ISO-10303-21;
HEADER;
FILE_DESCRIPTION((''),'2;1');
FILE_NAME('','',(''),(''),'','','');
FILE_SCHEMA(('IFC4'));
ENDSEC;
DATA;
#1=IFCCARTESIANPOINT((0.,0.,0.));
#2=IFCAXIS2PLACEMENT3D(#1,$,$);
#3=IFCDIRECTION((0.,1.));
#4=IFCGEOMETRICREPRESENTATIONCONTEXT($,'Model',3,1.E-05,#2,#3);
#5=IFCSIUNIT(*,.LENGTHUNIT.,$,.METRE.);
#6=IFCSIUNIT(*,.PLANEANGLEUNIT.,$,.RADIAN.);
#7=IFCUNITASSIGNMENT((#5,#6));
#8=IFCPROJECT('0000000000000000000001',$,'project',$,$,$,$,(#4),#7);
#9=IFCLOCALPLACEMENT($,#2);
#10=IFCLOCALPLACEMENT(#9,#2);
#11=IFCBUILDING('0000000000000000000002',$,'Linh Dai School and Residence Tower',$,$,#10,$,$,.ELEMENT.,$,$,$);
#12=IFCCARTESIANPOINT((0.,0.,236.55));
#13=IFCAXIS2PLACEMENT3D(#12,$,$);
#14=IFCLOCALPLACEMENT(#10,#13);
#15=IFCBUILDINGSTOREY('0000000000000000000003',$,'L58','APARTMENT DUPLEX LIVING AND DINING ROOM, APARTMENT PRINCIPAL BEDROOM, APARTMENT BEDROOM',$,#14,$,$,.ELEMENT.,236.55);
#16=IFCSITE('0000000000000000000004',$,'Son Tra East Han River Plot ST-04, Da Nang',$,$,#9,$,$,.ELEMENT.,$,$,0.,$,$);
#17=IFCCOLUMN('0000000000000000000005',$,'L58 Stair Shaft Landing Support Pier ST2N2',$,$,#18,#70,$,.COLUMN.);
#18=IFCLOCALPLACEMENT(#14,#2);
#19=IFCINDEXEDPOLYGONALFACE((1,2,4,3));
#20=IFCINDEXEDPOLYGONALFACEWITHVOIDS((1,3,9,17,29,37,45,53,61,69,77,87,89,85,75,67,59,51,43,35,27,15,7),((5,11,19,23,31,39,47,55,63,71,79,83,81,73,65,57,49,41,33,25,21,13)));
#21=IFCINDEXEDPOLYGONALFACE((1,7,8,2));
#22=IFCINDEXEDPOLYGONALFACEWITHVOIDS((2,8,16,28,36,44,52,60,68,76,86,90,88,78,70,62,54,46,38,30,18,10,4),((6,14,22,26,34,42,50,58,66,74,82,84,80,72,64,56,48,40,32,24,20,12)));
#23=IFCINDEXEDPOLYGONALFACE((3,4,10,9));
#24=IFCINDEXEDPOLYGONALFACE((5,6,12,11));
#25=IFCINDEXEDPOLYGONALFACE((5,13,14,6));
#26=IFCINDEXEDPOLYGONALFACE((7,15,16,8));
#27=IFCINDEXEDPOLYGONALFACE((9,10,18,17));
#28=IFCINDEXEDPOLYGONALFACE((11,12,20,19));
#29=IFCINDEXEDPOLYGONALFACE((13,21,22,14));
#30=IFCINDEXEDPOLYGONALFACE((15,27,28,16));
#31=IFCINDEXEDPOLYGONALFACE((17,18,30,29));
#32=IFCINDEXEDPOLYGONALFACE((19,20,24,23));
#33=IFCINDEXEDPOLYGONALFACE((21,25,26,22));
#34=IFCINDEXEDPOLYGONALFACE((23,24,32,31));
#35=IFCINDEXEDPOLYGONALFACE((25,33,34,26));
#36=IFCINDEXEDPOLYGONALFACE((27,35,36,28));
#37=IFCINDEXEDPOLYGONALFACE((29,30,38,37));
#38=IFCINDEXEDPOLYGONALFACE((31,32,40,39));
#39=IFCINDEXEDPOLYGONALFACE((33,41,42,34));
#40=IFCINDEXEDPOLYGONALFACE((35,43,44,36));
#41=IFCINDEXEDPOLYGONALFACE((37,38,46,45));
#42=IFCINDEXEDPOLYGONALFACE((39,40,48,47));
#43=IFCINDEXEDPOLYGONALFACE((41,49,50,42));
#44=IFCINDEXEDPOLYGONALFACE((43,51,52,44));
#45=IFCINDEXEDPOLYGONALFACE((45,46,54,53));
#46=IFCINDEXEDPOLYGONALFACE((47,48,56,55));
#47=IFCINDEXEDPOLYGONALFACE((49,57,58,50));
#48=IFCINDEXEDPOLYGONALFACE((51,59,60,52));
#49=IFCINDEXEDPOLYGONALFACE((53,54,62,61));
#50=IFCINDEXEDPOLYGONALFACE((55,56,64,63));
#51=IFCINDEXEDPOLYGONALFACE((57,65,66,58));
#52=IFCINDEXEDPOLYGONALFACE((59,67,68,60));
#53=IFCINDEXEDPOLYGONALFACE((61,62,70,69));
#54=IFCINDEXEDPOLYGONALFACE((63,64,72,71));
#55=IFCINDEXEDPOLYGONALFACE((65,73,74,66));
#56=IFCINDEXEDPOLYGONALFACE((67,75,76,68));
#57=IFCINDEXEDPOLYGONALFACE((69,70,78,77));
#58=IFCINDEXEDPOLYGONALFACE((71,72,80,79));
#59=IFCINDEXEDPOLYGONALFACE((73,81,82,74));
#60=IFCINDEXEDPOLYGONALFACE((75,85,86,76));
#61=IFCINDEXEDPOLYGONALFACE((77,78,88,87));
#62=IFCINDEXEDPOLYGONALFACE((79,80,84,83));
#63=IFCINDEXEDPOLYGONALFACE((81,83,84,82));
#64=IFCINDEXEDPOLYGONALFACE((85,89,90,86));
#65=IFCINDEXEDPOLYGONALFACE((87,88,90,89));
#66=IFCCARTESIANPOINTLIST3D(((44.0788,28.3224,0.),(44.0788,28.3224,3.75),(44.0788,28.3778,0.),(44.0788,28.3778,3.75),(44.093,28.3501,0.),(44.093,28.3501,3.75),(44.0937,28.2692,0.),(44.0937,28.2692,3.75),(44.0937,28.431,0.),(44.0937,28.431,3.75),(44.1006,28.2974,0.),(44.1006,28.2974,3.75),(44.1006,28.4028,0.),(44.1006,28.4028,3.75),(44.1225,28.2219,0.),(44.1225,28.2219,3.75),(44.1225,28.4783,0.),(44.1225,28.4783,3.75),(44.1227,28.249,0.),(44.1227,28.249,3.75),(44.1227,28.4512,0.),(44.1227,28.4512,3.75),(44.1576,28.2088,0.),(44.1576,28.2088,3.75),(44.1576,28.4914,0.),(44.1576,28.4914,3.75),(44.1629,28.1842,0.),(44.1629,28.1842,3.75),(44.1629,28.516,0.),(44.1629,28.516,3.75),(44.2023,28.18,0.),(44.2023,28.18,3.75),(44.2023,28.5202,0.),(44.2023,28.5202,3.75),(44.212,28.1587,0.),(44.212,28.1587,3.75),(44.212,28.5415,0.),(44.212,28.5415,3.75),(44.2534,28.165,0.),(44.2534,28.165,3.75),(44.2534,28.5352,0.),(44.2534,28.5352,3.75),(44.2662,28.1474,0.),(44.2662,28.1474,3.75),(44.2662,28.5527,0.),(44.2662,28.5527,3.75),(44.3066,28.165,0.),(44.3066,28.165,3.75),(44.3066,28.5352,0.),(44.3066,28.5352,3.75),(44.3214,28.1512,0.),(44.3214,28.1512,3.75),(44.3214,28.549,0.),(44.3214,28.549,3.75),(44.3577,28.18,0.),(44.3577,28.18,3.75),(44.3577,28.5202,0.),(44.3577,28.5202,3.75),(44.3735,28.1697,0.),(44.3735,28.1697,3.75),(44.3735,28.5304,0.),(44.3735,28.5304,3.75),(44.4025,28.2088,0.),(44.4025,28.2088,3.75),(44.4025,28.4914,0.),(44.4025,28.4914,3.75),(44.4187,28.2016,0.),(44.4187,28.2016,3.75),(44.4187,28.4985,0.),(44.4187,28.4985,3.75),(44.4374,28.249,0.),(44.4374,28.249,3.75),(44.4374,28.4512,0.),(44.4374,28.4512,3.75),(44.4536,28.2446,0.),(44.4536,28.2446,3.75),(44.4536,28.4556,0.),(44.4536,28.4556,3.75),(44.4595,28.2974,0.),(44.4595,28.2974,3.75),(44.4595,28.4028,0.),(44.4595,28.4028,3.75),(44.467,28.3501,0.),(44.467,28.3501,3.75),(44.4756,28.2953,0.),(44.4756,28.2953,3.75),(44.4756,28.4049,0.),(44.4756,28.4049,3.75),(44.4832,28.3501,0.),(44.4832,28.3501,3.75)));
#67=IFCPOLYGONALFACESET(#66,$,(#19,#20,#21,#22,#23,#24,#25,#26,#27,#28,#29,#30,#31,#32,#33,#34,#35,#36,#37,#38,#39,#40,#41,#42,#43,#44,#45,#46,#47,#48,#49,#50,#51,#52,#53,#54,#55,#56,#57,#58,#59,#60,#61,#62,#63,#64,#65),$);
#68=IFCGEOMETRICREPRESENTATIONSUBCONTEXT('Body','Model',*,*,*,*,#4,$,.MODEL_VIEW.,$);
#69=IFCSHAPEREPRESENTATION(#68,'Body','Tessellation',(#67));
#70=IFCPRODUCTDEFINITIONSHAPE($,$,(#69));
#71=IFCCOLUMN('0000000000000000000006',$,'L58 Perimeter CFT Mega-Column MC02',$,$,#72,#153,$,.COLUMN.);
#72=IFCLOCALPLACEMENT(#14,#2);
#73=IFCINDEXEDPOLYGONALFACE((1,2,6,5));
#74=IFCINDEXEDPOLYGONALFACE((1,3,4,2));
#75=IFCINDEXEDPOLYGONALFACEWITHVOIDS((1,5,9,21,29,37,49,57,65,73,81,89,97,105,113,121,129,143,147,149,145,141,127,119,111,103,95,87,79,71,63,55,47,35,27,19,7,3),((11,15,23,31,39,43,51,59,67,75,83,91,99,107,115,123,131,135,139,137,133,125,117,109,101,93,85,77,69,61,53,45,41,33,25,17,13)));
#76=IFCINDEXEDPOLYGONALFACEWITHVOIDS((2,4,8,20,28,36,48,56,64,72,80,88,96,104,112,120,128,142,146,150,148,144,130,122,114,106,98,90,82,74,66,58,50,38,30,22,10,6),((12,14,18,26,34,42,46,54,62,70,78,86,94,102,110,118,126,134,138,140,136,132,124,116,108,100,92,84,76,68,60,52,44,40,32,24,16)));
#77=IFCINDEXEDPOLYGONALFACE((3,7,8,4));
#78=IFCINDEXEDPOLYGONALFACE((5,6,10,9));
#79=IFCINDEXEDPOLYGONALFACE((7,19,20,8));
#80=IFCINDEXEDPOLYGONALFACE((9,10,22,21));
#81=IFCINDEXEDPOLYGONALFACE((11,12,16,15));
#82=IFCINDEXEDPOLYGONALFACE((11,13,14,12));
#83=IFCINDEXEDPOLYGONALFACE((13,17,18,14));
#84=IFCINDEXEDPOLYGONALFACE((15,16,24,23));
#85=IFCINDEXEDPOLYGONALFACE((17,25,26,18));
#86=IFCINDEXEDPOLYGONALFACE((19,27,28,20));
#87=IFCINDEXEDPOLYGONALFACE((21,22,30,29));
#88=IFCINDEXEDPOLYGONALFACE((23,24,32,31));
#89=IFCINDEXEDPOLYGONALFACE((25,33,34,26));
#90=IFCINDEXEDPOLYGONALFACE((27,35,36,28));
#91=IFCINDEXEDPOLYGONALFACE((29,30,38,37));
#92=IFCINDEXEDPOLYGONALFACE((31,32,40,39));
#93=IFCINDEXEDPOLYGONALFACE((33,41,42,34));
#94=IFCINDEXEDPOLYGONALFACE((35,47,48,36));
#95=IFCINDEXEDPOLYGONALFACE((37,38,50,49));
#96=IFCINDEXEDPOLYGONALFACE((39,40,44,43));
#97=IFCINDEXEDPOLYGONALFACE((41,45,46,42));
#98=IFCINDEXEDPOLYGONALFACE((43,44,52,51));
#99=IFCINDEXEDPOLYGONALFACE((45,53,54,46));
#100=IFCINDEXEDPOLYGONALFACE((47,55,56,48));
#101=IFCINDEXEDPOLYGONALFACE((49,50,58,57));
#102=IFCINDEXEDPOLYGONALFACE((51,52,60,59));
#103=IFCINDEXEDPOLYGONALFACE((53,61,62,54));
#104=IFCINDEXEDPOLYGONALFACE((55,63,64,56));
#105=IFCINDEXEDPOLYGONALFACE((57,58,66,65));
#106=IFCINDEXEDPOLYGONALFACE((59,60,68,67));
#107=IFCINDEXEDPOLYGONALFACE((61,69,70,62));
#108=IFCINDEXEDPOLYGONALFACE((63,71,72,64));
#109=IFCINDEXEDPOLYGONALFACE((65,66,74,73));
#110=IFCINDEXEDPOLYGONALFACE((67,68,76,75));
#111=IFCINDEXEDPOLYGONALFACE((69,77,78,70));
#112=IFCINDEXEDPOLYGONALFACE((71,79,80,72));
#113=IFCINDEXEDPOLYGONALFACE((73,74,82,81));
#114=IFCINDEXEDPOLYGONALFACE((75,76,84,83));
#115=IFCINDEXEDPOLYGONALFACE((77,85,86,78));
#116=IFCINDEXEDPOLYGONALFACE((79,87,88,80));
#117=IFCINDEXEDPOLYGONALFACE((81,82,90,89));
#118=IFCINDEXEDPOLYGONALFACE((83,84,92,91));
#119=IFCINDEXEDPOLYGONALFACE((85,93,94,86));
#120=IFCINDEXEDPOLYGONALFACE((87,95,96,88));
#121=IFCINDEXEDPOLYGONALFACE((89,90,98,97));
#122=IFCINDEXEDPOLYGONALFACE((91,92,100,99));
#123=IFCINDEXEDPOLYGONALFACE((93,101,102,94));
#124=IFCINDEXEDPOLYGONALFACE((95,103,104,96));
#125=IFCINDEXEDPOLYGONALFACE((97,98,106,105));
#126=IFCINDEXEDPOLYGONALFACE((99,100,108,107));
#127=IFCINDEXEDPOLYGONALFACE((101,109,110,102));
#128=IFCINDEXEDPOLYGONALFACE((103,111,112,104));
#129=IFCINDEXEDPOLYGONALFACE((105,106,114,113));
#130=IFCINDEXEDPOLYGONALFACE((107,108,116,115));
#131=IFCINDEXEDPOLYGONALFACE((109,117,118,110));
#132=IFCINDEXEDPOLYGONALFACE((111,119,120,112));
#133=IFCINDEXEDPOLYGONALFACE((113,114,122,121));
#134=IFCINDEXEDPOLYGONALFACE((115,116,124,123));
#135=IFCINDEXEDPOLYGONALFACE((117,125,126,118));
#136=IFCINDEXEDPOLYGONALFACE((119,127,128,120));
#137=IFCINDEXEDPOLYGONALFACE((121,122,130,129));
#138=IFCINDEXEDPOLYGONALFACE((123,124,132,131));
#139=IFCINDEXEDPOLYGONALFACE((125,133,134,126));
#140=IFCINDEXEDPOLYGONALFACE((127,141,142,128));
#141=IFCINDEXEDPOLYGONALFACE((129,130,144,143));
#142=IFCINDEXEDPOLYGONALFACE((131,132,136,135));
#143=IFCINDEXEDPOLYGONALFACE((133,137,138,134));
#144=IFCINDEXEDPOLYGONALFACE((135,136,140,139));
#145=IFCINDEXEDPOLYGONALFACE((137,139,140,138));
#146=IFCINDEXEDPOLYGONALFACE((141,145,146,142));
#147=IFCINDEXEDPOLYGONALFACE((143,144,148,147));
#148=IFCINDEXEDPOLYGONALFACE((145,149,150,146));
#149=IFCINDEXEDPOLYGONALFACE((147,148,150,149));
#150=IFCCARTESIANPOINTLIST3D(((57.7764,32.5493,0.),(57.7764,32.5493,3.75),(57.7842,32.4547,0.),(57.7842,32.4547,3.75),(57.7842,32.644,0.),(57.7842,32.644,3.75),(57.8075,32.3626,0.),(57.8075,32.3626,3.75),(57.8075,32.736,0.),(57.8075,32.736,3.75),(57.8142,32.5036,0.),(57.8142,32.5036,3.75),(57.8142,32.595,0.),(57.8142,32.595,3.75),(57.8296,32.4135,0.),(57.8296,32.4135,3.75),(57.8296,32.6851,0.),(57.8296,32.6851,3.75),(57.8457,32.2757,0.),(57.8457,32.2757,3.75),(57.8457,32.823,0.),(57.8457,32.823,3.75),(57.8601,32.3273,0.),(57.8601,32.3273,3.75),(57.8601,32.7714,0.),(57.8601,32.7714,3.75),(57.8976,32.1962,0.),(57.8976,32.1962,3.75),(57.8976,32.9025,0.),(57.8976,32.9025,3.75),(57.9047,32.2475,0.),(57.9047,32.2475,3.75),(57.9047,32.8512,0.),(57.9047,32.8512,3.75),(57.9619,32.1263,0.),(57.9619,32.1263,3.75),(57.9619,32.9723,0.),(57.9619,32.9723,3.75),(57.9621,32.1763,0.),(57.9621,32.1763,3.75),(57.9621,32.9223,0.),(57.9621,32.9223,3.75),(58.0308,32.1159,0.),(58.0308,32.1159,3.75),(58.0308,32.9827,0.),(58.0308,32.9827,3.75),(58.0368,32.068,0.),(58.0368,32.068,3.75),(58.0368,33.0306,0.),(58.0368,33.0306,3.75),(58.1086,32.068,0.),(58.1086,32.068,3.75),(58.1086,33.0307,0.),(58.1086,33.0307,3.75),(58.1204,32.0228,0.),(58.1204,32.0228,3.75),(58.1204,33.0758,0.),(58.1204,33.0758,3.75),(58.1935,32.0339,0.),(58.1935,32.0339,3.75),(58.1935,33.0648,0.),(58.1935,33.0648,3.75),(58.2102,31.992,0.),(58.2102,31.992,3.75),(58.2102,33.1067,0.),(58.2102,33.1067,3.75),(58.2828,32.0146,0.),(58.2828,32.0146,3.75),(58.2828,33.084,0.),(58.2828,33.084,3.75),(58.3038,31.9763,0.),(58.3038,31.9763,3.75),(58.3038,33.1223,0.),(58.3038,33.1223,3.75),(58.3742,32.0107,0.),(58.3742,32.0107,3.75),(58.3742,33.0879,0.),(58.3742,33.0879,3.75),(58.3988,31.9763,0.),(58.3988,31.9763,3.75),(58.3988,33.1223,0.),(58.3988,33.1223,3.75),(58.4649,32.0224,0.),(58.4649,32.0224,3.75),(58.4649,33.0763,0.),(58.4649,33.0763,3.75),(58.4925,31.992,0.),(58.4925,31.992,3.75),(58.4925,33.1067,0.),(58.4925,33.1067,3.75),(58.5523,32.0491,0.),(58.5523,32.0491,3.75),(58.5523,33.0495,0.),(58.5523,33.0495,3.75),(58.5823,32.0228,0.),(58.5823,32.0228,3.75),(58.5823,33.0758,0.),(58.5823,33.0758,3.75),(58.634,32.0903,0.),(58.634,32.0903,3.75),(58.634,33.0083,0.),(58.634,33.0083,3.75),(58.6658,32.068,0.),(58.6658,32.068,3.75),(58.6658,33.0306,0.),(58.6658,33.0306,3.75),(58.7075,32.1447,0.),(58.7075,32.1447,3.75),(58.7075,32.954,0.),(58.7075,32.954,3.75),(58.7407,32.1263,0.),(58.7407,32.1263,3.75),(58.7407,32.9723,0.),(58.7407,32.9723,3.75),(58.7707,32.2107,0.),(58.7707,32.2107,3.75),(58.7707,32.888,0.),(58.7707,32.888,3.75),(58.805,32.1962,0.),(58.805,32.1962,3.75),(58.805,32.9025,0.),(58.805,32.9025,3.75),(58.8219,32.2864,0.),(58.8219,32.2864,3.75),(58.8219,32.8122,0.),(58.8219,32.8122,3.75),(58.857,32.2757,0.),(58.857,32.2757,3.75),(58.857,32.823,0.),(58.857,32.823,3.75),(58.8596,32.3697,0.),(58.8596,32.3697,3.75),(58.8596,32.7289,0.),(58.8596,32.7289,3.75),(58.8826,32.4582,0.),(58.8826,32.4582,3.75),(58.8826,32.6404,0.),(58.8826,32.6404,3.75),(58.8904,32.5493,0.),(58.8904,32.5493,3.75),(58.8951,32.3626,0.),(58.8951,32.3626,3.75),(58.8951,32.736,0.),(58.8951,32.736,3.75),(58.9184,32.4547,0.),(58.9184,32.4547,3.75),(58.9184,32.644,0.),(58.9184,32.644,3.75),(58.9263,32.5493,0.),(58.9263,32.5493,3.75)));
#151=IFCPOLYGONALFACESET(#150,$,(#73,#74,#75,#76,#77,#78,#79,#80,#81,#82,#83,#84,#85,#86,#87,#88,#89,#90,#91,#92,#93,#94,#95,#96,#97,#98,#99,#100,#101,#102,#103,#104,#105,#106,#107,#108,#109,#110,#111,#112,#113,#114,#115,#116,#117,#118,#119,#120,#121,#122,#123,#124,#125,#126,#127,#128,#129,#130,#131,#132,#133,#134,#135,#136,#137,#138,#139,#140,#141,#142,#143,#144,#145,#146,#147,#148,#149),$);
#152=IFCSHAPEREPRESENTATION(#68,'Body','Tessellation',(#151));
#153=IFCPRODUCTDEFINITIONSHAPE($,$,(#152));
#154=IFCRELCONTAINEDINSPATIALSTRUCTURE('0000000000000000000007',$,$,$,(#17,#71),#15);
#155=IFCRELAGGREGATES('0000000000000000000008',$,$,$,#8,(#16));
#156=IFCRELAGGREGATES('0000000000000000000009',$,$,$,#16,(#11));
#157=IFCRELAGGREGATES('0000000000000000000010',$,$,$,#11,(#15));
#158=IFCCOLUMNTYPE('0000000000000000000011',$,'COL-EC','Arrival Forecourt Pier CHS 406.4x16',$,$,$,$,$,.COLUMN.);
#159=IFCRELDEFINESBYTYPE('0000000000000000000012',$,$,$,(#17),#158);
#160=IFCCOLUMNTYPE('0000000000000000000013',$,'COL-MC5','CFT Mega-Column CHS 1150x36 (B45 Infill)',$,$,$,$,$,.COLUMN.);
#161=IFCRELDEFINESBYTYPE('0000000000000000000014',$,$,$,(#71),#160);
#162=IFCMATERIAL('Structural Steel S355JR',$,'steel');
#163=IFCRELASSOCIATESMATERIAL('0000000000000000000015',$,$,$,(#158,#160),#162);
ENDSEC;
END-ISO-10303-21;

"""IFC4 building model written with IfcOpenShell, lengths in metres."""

from ifc_helpers import new_model, si_unit, direction, frame, origin, origin_2d, place, context, subcontext, project, spatial, hollow_circle, extrude, material, material_profile, profile_set, type_object, element, save


model = new_model("IFC4")

# Units and contexts
model_context = context("Model", 3, precision=1e-05, world=origin(), true_north=direction((0.0, 1.0)))
body_context = subcontext(model_context, "Body", "Model", "MODEL_VIEW")
ifc_project = project(units=[si_unit("LENGTHUNIT", "METRE"), si_unit("PLANEANGLEUNIT", "RADIAN")], contexts=[model_context])

# Site, building, storey
site_placement = place(None, origin())
site = spatial("IfcSite", under=ifc_project, at=site_placement, Name="Son Tra East Han River Plot ST-04, Da Nang", CompositionType="ELEMENT", RefElevation=0.0)
building_placement = place(site_placement, origin())
building = spatial("IfcBuilding", under=site, at=building_placement, Name="Linh Dai School and Residence Tower", CompositionType="ELEMENT")
storey_placement = place(building_placement, frame((0.0, 0.0, 236.55)))
storey = spatial("IfcBuildingStorey", under=building, at=storey_placement, Name="L58", Description="APARTMENT DUPLEX LIVING AND DINING ROOM, APARTMENT PRINCIPAL BEDROOM, APARTMENT BEDROOM", CompositionType="ELEMENT", Elevation=236.55)

# Columns
ifc_material_1 = material(Name="Structural Steel S355JR", Category="steel")
ifc_material_profile_1 = material_profile(ifc_material_1, hollow_circle(Radius=0.2031, WallThickness=0.0161, at=origin_2d()), Name="CHS 406.4x16")
ifc_profile_set_1 = profile_set([ifc_material_profile_1], Name="Structural Steel S355JR")
column_type_1 = type_object("IfcColumnType", Name="COL-EC", Description="Arrival Forecourt Pier CHS 406.4x16", PredefinedType="COLUMN", material=ifc_profile_set_1)
column_1_placement = place(storey_placement, frame((44.28, 28.3501, 0.0), z_axis=(0.0, 0.0, 1.0), x_axis=(1.0, 0.0, 0.0)))
element("IfcColumn", 1, at=column_1_placement, inside=storey, type_object=column_type_1, Name="L58 Stair Shaft Landing Support Pier ST2N2", PredefinedType="COLUMN", context=body_context, shape_type="SweptSolid", body=[
    extrude(hollow_circle(Radius=0.2031, WallThickness=0.0161, at=origin_2d()), origin(), (0.0, 0.0, 1.0), 3.75),
])
ifc_material_profile_2 = material_profile(ifc_material_1, hollow_circle(Radius=0.575, WallThickness=0.0359, at=origin_2d()), Name="CHS 1150x36")
ifc_profile_set_2 = profile_set([ifc_material_profile_2], Name="Structural Steel S355JR")
column_type_2 = type_object("IfcColumnType", Name="COL-MC5", Description="CFT Mega-Column CHS 1150x36 (B45 Infill)", PredefinedType="COLUMN", material=ifc_profile_set_2)
column_2_placement = place(storey_placement, frame((58.3513, 32.5493, 0.0), z_axis=(0.0, 0.0, 1.0), x_axis=(1.0, 0.0, 0.0)))
element("IfcColumn", 2, at=column_2_placement, inside=storey, type_object=column_type_2, Name="L58 Perimeter CFT Mega-Column MC02", PredefinedType="COLUMN", context=body_context, shape_type="SweptSolid", body=[
    extrude(hollow_circle(Radius=0.575, WallThickness=0.0359, at=origin_2d()), origin(), (0.0, 0.0, 1.0), 3.75),
])

save(model, "model.ifc")
